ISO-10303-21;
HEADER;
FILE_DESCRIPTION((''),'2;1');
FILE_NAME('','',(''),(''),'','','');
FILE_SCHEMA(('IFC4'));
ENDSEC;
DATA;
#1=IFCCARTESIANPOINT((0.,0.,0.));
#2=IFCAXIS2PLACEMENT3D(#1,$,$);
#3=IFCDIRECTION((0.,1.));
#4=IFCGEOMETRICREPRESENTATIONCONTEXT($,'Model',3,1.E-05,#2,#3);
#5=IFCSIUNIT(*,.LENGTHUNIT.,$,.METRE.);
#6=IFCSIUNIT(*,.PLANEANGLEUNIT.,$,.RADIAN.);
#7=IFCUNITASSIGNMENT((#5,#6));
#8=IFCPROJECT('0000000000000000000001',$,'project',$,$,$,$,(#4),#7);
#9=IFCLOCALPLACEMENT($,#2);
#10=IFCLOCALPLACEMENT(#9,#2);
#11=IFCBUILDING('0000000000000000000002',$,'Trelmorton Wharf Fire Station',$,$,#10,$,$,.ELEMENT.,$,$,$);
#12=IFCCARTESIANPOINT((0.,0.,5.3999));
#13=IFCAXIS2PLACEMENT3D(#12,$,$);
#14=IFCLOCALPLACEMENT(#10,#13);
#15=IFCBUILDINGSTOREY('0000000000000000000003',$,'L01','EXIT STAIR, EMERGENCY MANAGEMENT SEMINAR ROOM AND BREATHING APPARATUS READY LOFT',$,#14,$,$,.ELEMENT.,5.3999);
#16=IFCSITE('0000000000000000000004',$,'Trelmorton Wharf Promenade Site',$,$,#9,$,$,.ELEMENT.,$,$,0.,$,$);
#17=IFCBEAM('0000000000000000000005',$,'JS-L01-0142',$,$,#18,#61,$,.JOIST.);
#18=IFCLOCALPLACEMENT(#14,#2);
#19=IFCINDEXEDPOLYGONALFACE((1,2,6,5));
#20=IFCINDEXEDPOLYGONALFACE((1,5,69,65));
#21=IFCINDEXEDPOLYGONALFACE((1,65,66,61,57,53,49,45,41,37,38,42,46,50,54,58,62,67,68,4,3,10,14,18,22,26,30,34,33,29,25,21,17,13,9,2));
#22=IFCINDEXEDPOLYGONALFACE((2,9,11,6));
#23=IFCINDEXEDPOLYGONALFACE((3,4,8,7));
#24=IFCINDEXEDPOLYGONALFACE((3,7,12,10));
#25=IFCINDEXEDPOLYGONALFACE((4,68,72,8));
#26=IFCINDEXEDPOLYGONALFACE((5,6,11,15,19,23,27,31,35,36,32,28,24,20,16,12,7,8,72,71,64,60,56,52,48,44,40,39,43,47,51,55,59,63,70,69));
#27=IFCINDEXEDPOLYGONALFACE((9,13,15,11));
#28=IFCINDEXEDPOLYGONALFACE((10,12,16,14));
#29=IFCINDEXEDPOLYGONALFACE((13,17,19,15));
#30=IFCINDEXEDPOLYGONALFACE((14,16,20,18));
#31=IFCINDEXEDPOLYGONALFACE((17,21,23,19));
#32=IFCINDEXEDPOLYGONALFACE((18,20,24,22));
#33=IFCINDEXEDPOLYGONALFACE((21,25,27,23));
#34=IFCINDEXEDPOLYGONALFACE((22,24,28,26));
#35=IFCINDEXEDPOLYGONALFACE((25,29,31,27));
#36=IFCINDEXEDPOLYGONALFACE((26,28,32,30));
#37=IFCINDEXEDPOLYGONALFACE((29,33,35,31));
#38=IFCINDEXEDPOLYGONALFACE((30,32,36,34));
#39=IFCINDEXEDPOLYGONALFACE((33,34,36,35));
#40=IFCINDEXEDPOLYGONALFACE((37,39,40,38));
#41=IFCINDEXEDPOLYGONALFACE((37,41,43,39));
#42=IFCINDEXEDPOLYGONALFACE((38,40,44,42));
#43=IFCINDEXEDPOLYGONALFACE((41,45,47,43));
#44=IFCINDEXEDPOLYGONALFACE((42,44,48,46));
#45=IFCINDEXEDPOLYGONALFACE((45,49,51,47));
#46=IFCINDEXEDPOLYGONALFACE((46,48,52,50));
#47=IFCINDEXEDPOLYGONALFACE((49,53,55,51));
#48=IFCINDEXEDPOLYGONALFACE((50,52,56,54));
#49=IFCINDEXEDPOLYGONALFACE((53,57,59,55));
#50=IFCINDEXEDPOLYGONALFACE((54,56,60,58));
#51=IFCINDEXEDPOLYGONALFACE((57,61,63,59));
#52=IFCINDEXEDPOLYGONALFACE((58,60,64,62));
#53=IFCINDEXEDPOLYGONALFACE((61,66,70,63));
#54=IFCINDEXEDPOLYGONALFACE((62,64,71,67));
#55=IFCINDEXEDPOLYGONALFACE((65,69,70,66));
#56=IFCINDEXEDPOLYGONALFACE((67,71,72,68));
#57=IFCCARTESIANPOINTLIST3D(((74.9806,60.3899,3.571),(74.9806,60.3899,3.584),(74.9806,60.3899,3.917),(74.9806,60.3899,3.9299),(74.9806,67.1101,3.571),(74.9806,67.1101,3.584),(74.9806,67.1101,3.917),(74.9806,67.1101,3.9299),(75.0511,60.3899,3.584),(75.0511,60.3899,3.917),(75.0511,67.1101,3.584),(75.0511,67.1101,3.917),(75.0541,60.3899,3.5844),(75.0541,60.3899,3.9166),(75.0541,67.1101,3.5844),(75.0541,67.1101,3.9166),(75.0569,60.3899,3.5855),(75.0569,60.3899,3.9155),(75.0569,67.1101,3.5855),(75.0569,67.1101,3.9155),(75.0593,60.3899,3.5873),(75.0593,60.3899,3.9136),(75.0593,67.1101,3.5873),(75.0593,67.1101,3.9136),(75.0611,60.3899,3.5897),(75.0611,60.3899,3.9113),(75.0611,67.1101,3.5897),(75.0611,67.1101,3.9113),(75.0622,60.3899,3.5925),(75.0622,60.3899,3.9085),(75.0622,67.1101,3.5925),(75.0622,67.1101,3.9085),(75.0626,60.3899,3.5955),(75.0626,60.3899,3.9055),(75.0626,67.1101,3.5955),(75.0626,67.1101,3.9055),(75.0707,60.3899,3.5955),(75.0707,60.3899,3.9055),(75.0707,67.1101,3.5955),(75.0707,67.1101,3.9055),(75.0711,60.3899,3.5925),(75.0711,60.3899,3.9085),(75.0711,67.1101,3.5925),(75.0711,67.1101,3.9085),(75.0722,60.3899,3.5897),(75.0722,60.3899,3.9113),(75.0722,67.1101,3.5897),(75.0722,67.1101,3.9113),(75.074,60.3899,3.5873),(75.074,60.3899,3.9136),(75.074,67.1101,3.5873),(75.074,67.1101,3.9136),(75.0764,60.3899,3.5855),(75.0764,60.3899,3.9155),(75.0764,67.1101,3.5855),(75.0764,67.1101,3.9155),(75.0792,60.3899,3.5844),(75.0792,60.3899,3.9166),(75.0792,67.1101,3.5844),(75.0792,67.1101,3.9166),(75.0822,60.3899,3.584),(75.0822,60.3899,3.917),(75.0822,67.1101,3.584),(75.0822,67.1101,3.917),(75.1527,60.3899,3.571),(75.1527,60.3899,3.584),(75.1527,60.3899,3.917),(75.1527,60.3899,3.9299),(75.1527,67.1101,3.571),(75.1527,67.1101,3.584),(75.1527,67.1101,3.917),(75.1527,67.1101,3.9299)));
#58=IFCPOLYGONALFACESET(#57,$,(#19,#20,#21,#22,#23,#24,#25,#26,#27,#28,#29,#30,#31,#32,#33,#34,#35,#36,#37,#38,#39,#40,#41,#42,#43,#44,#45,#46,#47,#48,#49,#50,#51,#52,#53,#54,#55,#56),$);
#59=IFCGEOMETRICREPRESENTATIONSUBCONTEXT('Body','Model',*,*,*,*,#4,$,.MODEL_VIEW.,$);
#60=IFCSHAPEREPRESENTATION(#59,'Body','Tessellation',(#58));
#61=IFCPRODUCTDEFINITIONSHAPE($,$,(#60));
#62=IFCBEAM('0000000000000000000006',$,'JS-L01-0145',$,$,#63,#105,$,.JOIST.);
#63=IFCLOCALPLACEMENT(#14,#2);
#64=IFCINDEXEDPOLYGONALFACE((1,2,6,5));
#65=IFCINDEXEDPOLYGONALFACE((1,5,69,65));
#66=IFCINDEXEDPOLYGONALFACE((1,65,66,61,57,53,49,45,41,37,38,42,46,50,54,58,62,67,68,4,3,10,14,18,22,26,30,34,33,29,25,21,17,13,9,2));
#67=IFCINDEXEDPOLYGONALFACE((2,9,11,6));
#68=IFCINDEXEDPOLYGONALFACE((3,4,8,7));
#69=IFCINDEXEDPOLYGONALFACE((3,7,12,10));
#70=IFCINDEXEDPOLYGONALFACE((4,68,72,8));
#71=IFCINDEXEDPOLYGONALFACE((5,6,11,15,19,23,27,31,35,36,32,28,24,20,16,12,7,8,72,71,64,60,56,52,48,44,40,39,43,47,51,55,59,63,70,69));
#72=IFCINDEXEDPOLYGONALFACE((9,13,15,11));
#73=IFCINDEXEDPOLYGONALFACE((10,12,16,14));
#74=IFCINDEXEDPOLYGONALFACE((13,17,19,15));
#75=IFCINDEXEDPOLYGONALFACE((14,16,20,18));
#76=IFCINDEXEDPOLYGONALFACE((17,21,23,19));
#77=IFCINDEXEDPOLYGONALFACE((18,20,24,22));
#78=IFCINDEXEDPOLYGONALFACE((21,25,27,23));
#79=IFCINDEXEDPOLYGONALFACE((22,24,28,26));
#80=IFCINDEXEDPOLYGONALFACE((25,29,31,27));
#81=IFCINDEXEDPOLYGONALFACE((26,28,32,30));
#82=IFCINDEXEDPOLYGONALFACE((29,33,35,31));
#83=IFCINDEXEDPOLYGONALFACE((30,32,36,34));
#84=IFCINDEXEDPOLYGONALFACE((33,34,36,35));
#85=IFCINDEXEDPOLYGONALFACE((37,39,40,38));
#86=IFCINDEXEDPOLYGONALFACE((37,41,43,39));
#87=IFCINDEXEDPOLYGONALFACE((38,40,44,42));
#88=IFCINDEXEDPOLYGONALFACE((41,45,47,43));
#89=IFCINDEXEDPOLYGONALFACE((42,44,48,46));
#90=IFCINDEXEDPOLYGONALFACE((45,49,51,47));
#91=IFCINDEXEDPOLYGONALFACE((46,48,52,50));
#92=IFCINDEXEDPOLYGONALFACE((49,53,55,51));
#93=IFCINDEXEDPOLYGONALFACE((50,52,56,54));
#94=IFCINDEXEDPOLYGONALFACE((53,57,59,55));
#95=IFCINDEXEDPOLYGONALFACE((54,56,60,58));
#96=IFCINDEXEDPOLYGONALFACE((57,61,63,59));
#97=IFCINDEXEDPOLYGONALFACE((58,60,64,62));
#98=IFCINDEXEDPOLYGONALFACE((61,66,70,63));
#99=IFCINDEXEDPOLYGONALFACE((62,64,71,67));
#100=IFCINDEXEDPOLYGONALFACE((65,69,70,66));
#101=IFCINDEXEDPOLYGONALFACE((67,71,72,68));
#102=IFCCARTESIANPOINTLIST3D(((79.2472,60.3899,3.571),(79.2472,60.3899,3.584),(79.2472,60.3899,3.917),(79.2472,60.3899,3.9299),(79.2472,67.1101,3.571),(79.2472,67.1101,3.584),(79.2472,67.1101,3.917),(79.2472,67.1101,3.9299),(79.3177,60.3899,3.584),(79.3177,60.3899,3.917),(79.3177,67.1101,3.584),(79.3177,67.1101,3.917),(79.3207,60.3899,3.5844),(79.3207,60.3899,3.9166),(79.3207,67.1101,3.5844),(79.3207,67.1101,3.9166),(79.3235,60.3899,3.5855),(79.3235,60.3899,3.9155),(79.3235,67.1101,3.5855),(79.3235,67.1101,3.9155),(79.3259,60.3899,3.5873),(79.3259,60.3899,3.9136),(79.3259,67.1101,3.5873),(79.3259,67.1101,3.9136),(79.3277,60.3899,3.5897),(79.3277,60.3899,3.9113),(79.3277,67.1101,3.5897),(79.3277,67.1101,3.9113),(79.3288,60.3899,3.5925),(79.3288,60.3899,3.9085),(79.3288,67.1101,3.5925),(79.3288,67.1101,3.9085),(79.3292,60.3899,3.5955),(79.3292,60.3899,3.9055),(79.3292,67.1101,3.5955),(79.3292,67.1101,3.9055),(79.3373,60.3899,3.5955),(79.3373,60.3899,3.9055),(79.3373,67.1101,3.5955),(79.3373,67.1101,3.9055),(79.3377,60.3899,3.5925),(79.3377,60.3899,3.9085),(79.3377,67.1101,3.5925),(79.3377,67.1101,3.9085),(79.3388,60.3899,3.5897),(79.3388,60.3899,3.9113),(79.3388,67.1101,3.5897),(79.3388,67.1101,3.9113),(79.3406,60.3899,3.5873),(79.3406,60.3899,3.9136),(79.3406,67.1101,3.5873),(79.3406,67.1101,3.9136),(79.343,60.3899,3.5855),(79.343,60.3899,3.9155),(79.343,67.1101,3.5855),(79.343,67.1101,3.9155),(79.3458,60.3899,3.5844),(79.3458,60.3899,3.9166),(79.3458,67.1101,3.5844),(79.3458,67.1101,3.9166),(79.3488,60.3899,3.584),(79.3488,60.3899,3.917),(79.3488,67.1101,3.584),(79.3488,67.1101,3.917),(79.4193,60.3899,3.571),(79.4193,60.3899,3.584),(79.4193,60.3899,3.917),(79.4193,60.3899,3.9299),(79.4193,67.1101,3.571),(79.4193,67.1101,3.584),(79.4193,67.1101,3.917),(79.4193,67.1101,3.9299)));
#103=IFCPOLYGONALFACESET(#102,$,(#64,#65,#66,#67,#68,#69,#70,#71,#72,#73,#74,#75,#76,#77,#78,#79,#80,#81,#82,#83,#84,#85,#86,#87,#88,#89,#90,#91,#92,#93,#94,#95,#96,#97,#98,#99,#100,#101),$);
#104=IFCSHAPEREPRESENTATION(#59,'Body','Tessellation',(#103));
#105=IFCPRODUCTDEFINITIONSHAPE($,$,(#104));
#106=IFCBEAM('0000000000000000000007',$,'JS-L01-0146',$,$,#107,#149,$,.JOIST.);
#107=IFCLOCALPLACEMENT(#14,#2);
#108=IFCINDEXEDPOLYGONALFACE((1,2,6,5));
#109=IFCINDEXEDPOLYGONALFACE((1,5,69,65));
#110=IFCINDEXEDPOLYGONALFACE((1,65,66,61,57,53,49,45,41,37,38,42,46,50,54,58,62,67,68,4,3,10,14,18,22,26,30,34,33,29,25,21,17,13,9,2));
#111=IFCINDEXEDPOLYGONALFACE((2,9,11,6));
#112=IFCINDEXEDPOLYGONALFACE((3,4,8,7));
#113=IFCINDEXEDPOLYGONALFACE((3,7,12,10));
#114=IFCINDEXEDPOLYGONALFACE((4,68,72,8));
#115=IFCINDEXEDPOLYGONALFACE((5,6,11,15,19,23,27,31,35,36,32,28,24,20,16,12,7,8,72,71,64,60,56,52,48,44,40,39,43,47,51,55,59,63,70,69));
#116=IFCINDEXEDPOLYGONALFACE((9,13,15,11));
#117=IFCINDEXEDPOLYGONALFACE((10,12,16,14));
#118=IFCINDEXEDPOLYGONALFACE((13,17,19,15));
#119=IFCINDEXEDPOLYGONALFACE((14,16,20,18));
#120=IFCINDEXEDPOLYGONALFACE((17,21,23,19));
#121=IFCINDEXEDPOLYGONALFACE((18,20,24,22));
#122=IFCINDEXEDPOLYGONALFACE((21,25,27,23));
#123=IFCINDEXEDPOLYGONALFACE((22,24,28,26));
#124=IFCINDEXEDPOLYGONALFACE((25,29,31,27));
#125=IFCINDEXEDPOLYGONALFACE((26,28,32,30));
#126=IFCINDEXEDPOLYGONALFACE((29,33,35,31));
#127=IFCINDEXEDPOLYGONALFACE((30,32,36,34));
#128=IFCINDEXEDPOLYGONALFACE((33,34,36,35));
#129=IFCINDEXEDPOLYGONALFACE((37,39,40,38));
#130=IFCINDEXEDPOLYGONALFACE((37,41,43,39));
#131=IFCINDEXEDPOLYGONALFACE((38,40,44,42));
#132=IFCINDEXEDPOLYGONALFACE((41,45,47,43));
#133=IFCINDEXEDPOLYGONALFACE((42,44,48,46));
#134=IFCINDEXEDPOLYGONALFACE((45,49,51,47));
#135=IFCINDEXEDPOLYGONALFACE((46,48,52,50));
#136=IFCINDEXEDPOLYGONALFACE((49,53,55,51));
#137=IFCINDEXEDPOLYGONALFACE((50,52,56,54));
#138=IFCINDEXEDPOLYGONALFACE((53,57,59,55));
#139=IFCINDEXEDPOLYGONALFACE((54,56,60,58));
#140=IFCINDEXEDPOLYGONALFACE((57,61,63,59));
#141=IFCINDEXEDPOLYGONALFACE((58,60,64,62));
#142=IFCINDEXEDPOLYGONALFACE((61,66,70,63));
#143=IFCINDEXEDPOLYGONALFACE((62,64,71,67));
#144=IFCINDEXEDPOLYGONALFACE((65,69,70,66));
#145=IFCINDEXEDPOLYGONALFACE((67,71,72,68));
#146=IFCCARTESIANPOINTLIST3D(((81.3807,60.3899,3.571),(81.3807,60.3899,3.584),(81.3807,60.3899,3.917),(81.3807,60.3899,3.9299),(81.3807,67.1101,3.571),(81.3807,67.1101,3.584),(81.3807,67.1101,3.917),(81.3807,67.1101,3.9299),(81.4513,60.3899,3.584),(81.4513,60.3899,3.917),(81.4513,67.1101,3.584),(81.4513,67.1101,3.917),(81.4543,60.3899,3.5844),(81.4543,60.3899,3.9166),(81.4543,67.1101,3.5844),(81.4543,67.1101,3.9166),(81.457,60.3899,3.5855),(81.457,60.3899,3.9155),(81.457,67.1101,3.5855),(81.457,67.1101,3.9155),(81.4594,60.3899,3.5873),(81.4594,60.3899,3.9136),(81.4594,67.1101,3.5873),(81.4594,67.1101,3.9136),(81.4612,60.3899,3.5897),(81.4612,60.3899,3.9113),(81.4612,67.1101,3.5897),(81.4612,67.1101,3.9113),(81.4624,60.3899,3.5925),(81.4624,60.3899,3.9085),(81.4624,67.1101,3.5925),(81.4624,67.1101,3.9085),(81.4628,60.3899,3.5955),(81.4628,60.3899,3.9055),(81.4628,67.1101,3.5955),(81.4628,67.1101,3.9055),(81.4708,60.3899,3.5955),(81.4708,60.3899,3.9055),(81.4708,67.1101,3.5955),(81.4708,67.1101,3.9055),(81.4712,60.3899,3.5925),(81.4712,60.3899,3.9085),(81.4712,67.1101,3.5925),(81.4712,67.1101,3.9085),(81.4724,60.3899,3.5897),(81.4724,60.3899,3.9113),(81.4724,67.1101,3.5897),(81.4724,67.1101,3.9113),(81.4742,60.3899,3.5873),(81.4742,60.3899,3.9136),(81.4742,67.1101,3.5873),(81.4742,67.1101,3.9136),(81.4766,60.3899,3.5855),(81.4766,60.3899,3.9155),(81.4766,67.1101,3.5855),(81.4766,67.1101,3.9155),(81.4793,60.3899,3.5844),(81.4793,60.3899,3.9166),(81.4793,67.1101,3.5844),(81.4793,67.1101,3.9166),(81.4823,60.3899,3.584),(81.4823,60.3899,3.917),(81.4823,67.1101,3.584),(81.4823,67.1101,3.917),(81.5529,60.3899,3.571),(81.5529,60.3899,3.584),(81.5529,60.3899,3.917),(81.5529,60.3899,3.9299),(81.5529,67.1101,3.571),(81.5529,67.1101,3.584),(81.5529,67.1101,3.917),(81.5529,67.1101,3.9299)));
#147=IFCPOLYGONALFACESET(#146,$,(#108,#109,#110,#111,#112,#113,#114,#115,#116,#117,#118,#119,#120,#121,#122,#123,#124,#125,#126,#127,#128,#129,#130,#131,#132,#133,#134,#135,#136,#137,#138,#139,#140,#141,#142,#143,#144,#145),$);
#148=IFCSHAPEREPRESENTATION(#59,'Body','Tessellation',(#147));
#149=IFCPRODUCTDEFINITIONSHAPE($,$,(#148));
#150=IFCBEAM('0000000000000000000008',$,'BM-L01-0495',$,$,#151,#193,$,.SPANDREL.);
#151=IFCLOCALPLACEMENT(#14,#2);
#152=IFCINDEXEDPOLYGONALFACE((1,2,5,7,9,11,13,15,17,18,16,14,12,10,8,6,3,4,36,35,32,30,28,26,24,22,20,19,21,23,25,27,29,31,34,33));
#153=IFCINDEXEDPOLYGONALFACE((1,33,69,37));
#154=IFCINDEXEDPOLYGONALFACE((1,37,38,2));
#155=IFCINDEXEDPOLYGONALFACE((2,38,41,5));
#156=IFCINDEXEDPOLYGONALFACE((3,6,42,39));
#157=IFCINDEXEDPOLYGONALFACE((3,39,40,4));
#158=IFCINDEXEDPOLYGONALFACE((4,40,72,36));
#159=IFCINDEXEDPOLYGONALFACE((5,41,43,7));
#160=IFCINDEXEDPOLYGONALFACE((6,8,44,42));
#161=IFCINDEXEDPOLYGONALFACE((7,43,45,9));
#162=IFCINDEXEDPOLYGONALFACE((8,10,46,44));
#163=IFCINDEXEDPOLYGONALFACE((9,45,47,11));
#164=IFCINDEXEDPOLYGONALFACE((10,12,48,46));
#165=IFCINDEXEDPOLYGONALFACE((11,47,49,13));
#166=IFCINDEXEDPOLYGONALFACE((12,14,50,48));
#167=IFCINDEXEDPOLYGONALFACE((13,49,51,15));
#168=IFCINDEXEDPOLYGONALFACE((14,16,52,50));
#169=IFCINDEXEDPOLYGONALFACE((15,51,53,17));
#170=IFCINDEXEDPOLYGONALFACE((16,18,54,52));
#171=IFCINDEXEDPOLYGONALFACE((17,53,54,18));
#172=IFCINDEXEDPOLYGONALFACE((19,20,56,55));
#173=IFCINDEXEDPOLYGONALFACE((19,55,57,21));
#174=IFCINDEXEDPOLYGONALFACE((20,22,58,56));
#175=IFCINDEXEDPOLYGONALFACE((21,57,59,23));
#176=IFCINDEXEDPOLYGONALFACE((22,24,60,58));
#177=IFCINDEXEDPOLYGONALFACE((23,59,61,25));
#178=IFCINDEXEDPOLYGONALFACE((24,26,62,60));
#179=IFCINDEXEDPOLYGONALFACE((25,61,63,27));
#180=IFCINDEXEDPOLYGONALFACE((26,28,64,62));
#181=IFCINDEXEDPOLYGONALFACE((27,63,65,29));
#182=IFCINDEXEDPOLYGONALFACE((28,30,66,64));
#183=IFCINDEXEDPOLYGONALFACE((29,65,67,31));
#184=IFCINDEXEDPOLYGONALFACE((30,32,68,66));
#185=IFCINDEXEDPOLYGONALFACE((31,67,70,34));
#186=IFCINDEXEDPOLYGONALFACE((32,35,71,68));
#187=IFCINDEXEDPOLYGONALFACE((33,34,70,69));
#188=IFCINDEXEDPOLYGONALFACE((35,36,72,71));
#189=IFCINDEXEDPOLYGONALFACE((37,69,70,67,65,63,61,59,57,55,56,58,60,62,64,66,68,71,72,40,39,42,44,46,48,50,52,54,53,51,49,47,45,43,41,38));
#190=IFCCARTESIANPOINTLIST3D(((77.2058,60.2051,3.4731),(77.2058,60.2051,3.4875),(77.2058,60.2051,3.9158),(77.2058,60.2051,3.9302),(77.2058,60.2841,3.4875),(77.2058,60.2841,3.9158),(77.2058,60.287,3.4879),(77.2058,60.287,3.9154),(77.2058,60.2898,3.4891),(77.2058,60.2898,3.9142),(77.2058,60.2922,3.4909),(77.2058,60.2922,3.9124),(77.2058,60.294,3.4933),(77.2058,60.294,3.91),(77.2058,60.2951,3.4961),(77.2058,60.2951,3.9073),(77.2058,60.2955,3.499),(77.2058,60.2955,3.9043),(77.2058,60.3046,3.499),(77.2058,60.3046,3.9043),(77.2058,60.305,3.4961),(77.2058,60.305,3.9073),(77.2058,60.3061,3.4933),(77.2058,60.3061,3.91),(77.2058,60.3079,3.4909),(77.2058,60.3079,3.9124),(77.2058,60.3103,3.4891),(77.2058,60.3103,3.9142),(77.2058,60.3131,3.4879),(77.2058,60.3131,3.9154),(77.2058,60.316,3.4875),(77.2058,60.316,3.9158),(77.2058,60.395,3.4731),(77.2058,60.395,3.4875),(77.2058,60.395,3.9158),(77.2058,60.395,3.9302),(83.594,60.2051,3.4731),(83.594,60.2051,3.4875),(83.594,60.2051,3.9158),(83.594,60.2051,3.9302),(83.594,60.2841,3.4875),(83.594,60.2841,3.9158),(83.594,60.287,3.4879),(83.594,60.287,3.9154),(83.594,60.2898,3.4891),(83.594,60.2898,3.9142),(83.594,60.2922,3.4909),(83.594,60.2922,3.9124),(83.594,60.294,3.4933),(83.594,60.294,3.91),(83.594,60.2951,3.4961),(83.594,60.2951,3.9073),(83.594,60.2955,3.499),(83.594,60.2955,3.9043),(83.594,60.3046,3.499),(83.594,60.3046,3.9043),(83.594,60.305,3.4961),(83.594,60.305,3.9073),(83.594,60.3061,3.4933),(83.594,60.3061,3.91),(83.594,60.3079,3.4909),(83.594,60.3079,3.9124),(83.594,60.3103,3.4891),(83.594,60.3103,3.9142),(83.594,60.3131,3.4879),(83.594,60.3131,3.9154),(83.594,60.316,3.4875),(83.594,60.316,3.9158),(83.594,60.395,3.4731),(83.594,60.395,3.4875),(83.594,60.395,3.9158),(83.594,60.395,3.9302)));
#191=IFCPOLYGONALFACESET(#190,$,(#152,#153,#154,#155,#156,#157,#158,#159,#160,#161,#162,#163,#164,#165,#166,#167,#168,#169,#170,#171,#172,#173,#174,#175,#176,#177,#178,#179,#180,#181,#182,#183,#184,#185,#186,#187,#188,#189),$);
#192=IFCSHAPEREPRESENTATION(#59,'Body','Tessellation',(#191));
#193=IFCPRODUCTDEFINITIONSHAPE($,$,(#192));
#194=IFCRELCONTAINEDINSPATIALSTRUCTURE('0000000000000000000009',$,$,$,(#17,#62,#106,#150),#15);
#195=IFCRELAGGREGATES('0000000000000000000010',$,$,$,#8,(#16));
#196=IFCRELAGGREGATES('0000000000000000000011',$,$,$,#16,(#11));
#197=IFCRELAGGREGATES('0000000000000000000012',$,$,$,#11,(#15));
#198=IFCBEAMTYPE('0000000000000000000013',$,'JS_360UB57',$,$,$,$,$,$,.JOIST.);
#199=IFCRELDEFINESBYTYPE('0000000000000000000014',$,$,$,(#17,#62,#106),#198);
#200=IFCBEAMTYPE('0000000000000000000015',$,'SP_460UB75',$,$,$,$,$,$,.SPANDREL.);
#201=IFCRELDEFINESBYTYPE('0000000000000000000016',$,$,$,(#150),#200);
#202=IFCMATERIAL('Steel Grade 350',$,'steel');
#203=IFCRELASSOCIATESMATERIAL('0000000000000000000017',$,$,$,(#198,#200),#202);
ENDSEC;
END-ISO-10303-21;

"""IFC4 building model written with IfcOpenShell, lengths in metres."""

from ifc_helpers import new_model, si_unit, direction, frame, origin, origin_2d, place, context, subcontext, project, spatial, i_section, extrude, material, material_profile, profile_set, type_object, element, save


model = new_model("IFC4")

# Units and contexts
model_context = context("Model", 3, precision=1e-05, world=origin(), true_north=direction((0.0, 1.0)))
body_context = subcontext(model_context, "Body", "Model", "MODEL_VIEW")
ifc_project = project(units=[si_unit("LENGTHUNIT", "METRE"), si_unit("PLANEANGLEUNIT", "RADIAN")], contexts=[model_context])

# Site, building, storey
site_placement = place(None, origin())
site = spatial("IfcSite", under=ifc_project, at=site_placement, Name="Trelmorton Wharf Promenade Site", CompositionType="ELEMENT", RefElevation=0.0)
building_placement = place(site_placement, origin())
building = spatial("IfcBuilding", under=site, at=building_placement, Name="Trelmorton Wharf Fire Station", CompositionType="ELEMENT")
storey_placement = place(building_placement, frame((0.0, 0.0, 5.3999)))
storey = spatial("IfcBuildingStorey", under=building, at=storey_placement, Name="L01", Description="EXIT STAIR, EMERGENCY MANAGEMENT SEMINAR ROOM AND BREATHING APPARATUS READY LOFT", CompositionType="ELEMENT", Elevation=5.3999)

# Shared definitions
ifc_material_1 = material(Name="Steel Grade 350", Category="steel")

# Beams
ifc_material_profile_1 = material_profile(ifc_material_1, i_section(OverallWidth=0.1721, OverallDepth=0.3589, WebThickness=0.0081, FlangeThickness=0.0129, FilletRadius=0.0115, at=origin_2d()), Name="360UB56.7")
ifc_profile_set_1 = profile_set([ifc_material_profile_1], Name="Steel Grade 350")
beam_type_1 = type_object("IfcBeamType", Name="JS_360UB57", PredefinedType="JOIST", material=ifc_profile_set_1)
for number, where, z_axis, x_axis, name in (
    (1, (75.0667, 60.3899, 3.7505), (0.0, 1.0, 0.0), (-1.0, 0.0, 0.0), "JS-L01-0142"),
    (2, (79.3333, 60.3899, 3.7505), (0.0, 1.0, 0.0), (-1.0, 0.0, 0.0), "JS-L01-0145"),
    (3, (81.4668, 60.3899, 3.7505), (0.0, 1.0, 0.0), (-1.0, 0.0, 0.0), "JS-L01-0146"),
):
    element("IfcBeam", number, at=place(storey_placement, frame(where, z_axis=z_axis, x_axis=x_axis)), inside=storey, type_object=beam_type_1, Name=name, PredefinedType="JOIST", context=body_context, shape_type="SweptSolid", body=[
        extrude(i_section(OverallWidth=0.1721, OverallDepth=0.3589, WebThickness=0.0081, FlangeThickness=0.0129, FilletRadius=0.0115, at=origin_2d()), origin(), (0.0, 0.0, 1.0), 6.7202),
    ])
ifc_material_profile_2 = material_profile(ifc_material_1, i_section(OverallWidth=0.1899, OverallDepth=0.457, WebThickness=0.009, FlangeThickness=0.0144, FilletRadius=0.0115, at=origin_2d()), Name="460UB74.6")
ifc_profile_set_2 = profile_set([ifc_material_profile_2], Name="Steel Grade 350")
beam_type_2 = type_object("IfcBeamType", Name="SP_460UB75", PredefinedType="SPANDREL", material=ifc_profile_set_2)
beam_1_placement = place(storey_placement, frame((77.2058, 60.3, 3.7017), z_axis=(1.0, 0.0, 0.0), x_axis=(0.0, 1.0, 0.0)))
element("IfcBeam", 4, at=beam_1_placement, inside=storey, type_object=beam_type_2, Name="BM-L01-0495", PredefinedType="SPANDREL", context=body_context, shape_type="SweptSolid", body=[
    extrude(i_section(OverallWidth=0.1899, OverallDepth=0.457, WebThickness=0.009, FlangeThickness=0.0144, FilletRadius=0.0115, at=origin_2d()), origin(), (0.0, 0.0, 1.0), 6.3882),
])

save(model, "model.ifc")
